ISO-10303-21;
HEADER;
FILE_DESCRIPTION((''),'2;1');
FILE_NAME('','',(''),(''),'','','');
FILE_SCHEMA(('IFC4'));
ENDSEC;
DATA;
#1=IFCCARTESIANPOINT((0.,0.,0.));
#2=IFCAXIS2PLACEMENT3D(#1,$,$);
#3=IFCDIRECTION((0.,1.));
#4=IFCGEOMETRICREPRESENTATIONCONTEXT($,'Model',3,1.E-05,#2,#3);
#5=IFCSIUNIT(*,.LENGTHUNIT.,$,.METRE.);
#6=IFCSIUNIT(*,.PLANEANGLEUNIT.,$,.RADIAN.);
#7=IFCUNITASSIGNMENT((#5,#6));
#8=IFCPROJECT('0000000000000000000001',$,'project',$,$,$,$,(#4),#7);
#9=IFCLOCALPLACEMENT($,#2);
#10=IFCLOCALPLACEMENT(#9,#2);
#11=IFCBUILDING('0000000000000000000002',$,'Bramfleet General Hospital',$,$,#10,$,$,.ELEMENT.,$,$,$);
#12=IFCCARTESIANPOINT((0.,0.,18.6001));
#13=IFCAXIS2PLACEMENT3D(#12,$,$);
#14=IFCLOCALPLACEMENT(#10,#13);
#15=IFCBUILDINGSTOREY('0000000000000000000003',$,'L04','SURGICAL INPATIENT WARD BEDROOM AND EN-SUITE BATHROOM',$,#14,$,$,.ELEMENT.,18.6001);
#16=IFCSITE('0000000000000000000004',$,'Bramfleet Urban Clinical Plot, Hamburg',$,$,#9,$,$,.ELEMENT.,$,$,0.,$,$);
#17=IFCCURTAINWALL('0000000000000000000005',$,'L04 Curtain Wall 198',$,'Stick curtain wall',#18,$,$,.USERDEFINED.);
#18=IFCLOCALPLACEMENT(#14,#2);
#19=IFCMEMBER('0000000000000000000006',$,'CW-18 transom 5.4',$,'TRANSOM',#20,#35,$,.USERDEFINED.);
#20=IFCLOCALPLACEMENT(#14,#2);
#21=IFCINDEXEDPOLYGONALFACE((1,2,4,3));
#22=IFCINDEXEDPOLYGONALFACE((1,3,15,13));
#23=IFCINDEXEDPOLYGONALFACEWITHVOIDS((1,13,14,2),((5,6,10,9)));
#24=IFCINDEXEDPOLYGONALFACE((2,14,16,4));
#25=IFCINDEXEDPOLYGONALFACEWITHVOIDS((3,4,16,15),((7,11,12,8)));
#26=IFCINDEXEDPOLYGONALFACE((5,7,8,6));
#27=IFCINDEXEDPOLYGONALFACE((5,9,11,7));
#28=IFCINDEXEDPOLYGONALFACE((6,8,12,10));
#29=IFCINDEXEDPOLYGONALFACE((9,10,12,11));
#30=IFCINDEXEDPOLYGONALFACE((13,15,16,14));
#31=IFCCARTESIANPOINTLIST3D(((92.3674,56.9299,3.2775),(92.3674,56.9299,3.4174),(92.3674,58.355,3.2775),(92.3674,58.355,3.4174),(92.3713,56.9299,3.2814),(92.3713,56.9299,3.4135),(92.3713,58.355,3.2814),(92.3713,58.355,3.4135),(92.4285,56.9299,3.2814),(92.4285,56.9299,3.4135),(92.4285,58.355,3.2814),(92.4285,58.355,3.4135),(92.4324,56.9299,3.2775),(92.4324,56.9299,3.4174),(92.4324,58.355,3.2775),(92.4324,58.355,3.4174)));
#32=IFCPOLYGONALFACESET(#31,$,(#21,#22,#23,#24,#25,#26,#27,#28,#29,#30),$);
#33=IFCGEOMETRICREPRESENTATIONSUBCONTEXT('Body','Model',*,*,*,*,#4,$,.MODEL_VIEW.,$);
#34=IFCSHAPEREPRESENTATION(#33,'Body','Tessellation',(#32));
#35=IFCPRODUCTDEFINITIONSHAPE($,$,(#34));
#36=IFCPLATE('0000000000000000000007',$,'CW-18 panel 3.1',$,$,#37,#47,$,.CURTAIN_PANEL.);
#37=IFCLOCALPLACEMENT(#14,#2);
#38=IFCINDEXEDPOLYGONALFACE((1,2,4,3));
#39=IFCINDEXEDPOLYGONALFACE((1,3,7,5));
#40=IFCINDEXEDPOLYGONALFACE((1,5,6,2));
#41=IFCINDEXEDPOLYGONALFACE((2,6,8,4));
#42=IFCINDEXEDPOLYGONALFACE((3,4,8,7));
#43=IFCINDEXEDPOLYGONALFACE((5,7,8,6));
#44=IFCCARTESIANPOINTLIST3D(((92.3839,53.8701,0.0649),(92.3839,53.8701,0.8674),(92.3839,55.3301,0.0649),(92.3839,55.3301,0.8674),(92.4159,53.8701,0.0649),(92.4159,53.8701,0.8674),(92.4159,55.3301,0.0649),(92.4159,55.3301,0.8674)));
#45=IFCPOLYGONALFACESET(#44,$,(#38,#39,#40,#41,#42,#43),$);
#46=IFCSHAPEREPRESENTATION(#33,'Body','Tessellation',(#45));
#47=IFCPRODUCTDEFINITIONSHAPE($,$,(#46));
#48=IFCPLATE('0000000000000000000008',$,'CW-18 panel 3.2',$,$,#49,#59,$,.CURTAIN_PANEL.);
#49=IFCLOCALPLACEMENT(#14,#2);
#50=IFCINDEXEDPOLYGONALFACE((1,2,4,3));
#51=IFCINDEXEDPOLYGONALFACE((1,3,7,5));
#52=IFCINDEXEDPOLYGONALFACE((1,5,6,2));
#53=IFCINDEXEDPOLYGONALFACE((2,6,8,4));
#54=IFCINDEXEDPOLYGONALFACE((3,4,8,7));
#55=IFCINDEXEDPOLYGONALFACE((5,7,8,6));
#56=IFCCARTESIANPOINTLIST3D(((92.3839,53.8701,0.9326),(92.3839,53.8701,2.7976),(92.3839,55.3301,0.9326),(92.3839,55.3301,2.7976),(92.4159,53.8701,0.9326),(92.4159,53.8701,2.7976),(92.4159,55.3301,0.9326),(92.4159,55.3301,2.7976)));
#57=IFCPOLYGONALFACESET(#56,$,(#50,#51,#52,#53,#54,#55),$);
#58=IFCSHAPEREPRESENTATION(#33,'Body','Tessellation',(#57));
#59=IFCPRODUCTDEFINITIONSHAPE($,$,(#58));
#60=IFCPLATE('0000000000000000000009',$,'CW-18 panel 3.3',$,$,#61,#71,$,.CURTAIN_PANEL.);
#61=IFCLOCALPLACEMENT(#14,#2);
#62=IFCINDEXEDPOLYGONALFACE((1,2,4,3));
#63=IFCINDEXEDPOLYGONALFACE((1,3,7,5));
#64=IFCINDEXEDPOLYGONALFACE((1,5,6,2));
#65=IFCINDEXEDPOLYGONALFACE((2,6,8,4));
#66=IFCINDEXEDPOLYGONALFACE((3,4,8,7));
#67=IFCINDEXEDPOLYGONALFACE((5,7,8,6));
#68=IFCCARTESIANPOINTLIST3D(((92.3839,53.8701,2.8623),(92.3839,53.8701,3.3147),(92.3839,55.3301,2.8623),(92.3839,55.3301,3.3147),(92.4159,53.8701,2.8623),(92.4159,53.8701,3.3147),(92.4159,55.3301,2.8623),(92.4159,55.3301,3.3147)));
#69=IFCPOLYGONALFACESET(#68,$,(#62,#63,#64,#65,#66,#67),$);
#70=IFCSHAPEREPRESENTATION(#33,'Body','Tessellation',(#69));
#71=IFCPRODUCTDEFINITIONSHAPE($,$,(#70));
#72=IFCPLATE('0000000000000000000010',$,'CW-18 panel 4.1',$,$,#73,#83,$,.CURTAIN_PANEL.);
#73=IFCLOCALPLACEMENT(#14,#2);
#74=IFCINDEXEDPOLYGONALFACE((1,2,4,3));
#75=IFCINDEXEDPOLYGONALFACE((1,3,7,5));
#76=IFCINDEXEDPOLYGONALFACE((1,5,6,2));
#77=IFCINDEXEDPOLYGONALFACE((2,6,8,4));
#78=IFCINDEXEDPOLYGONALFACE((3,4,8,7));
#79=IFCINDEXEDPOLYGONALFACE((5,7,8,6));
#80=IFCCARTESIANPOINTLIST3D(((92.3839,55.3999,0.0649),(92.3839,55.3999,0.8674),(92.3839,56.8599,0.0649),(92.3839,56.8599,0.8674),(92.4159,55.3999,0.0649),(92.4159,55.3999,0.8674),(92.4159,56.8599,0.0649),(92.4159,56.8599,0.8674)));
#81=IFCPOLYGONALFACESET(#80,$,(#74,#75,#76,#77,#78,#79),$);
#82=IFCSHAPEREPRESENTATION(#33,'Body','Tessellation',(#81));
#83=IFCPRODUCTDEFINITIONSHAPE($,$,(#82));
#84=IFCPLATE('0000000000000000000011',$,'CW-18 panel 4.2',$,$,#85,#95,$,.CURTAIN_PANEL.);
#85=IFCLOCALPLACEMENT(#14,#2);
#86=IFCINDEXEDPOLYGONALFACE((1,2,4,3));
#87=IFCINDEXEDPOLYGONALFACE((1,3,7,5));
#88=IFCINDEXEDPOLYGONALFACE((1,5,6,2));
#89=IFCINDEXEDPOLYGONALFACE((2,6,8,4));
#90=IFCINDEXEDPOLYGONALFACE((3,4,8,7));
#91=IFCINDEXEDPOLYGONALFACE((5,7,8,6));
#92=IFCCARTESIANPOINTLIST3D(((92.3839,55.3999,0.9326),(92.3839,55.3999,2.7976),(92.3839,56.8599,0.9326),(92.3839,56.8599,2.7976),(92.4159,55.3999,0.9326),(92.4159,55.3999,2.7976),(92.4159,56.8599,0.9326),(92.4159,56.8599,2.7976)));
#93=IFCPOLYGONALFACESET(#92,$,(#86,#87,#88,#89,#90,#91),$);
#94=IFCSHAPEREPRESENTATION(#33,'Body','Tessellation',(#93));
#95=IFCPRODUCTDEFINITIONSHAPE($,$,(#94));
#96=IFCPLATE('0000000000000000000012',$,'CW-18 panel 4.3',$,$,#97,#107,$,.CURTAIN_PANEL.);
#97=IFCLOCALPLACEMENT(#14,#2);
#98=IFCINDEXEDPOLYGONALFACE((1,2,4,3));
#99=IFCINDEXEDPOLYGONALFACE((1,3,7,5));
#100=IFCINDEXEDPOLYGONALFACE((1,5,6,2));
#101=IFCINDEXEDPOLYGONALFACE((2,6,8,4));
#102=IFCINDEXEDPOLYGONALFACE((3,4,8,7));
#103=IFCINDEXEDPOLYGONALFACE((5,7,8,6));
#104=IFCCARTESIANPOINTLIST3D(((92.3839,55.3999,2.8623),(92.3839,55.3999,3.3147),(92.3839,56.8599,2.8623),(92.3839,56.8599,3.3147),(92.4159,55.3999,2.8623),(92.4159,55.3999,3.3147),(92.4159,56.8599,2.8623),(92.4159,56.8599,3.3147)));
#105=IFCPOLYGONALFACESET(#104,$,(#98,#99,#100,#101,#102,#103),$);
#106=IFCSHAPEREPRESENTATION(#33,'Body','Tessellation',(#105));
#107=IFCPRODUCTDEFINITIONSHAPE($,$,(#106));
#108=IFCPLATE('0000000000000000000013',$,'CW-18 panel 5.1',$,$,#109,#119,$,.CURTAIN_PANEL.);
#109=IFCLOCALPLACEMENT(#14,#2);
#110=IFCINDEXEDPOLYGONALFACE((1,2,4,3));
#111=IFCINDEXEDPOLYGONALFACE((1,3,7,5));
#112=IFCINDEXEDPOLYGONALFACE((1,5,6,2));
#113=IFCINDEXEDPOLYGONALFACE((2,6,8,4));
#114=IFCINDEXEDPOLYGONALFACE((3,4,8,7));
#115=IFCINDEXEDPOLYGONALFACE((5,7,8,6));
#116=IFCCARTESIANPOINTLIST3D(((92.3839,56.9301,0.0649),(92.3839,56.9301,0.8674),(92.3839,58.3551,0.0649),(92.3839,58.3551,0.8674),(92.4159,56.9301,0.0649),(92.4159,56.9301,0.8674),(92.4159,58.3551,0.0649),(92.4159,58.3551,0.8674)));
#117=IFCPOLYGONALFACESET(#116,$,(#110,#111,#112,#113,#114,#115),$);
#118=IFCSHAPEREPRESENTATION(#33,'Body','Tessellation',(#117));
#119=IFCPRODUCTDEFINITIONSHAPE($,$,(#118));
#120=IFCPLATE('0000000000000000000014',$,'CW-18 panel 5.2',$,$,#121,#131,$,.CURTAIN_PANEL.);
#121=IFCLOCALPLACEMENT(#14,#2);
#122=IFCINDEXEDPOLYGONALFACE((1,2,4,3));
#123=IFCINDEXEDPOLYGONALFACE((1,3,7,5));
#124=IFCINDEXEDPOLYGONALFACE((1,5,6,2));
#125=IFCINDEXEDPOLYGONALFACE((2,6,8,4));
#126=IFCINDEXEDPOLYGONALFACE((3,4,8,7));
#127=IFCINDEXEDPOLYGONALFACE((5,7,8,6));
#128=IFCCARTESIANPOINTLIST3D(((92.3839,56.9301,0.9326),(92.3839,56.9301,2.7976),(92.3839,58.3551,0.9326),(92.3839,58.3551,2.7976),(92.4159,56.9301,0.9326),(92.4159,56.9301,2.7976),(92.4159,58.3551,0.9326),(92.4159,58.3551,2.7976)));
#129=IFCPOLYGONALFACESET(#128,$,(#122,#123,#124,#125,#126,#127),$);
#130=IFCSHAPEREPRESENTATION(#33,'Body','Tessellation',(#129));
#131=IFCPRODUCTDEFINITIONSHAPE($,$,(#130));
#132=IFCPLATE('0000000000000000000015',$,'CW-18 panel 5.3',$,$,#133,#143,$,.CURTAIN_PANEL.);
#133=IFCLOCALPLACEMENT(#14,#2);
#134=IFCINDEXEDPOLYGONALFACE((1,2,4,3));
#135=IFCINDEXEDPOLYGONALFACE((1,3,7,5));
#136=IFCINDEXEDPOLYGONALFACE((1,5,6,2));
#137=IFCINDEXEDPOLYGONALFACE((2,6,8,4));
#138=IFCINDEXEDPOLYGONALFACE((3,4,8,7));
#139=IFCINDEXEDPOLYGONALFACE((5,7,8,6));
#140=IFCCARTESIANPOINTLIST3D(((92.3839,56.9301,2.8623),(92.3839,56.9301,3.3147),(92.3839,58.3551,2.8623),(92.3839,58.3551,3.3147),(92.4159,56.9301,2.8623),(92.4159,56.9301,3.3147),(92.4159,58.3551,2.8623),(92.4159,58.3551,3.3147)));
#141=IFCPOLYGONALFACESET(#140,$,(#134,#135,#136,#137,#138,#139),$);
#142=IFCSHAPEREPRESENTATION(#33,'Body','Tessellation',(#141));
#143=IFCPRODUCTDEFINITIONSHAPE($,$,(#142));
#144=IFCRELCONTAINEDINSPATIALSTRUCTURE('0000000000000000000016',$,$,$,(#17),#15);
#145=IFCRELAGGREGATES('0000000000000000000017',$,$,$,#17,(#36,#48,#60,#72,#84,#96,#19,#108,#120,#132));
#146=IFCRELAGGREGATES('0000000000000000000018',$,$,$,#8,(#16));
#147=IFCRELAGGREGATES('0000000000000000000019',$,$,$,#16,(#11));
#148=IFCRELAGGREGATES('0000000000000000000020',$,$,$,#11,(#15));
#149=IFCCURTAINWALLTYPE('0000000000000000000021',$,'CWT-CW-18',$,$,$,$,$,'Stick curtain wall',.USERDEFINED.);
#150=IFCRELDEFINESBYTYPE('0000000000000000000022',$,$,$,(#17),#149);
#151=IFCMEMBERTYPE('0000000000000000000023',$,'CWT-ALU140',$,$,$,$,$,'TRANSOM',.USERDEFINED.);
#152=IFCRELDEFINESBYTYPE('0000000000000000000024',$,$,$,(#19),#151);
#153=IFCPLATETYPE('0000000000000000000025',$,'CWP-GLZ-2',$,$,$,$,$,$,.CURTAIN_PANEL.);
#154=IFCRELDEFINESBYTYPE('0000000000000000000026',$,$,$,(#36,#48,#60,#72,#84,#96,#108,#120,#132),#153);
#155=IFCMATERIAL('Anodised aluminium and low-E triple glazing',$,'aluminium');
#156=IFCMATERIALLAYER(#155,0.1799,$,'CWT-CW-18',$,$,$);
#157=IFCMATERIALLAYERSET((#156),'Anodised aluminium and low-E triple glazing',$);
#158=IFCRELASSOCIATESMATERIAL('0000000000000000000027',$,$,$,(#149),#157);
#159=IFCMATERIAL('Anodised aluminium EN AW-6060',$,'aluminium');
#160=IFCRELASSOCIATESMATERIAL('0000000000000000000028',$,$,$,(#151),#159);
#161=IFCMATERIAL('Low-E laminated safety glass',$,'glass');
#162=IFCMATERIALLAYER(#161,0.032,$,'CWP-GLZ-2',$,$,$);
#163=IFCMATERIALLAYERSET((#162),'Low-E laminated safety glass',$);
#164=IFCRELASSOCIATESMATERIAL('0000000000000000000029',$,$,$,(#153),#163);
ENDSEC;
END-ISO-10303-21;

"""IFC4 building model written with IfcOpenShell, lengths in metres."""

from ifc_helpers import new_model, si_unit, direction, frame, origin, origin_2d, place, context, subcontext, project, spatial, rectangle, hollow_rectangle, extrude, material, layer, layer_set, material_profile, profile_set, type_object, element, aggregate, save


model = new_model("IFC4")

# Units and contexts
model_context = context("Model", 3, precision=1e-05, world=origin(), true_north=direction((0.0, 1.0)))
body_context = subcontext(model_context, "Body", "Model", "MODEL_VIEW")
ifc_project = project(units=[si_unit("LENGTHUNIT", "METRE"), si_unit("PLANEANGLEUNIT", "RADIAN")], contexts=[model_context])

# Site, building, storey
site_placement = place(None, origin())
site = spatial("IfcSite", under=ifc_project, at=site_placement, Name="Bramfleet Urban Clinical Plot, Hamburg", CompositionType="ELEMENT", RefElevation=0.0)
building_placement = place(site_placement, origin())
building = spatial("IfcBuilding", under=site, at=building_placement, Name="Bramfleet General Hospital", CompositionType="ELEMENT")
storey_placement = place(building_placement, frame((0.0, 0.0, 18.6001)))
storey = spatial("IfcBuildingStorey", under=building, at=storey_placement, Name="L04", Description="SURGICAL INPATIENT WARD BEDROOM AND EN-SUITE BATHROOM", CompositionType="ELEMENT", Elevation=18.6001)

# Curtain wall, member, plates
ifc_material_1 = material(Name="Anodised aluminium and low-E triple glazing", Category="aluminium")
ifc_layer_1 = layer(ifc_material_1, 0.1799, Name="CWT-CW-18")
ifc_layer_set_1 = layer_set([ifc_layer_1], Name="Anodised aluminium and low-E triple glazing")
curtain_wall_type = type_object("IfcCurtainWallType", Name="CWT-CW-18", ElementType="Stick curtain wall", PredefinedType="USERDEFINED", material=ifc_layer_set_1)
curtain_wall_placement = place(storey_placement, origin())
curtain_wall = element("IfcCurtainWall", 1, at=curtain_wall_placement, inside=storey, type_object=curtain_wall_type, Name="L04 Curtain Wall 198", ObjectType="Stick curtain wall", PredefinedType="USERDEFINED")
ifc_material_2 = material(Name="Anodised aluminium EN AW-6060", Category="aluminium")
ifc_material_profile_1 = material_profile(ifc_material_2, hollow_rectangle(XDim=0.0649, YDim=0.1399, WallThickness=0.0039, at=origin_2d()), Name="ALU 140x65x4.0")
ifc_profile_set_1 = profile_set([ifc_material_profile_1], Name="Anodised aluminium EN AW-6060")
member_type_1 = type_object("IfcMemberType", Name="CWT-ALU140", ElementType="TRANSOM", PredefinedType="USERDEFINED", material=ifc_profile_set_1)
member_1_placement = place(storey_placement, frame((92.3999, 56.9299, 3.3474), z_axis=(0.0, 1.0, 0.0), x_axis=(-1.0, 0.0, 0.0)))
member_1 = element("IfcMember", 2, at=member_1_placement, type_object=member_type_1, Name="CW-18 transom 5.4", ObjectType="TRANSOM", PredefinedType="USERDEFINED", context=body_context, shape_type="SweptSolid", body=[
    extrude(hollow_rectangle(XDim=0.0649, YDim=0.1399, WallThickness=0.0039, at=origin_2d()), origin(), (0.0, 0.0, 1.0), 1.425),
])
ifc_material_3 = material(Name="Low-E laminated safety glass", Category="glass")
ifc_layer_2 = layer(ifc_material_3, 0.032, Name="CWP-GLZ-2")
ifc_layer_set_2 = layer_set([ifc_layer_2], Name="Low-E laminated safety glass")
plate_type = type_object("IfcPlateType", Name="CWP-GLZ-2", PredefinedType="CURTAIN_PANEL", material=ifc_layer_set_2)
plate_1_placement = place(storey_placement, frame((92.3999, 54.6001, 0.0649), z_axis=(0.0, 0.0, 1.0), x_axis=(0.0, 1.0, 0.0)))
plate_1 = element("IfcPlate", 3, at=plate_1_placement, type_object=plate_type, Name="CW-18 panel 3.1", PredefinedType="CURTAIN_PANEL", context=body_context, shape_type="SweptSolid", body=[
    extrude(rectangle(XDim=1.46, YDim=0.032, at=origin_2d()), origin(), (0.0, 0.0, 1.0), 0.8025),
])
plate_2_placement = place(storey_placement, frame((92.3999, 54.6001, 0.9326), z_axis=(0.0, 0.0, 1.0), x_axis=(0.0, 1.0, 0.0)))
plate_2 = element("IfcPlate", 4, at=plate_2_placement, type_object=plate_type, Name="CW-18 panel 3.2", PredefinedType="CURTAIN_PANEL", context=body_context, shape_type="SweptSolid", body=[
    extrude(rectangle(XDim=1.46, YDim=0.032, at=origin_2d()), origin(), (0.0, 0.0, 1.0), 1.865),
])
plate_3_placement = place(storey_placement, frame((92.3999, 54.6001, 2.8623), z_axis=(0.0, 0.0, 1.0), x_axis=(0.0, 1.0, 0.0)))
plate_3 = element("IfcPlate", 5, at=plate_3_placement, type_object=plate_type, Name="CW-18 panel 3.3", PredefinedType="CURTAIN_PANEL", context=body_context, shape_type="SweptSolid", body=[
    extrude(rectangle(XDim=1.46, YDim=0.032, at=origin_2d()), origin(), (0.0, 0.0, 1.0), 0.4524),
])
plate_4_placement = place(storey_placement, frame((92.3999, 56.1299, 0.0649), z_axis=(0.0, 0.0, 1.0), x_axis=(0.0, 1.0, 0.0)))
plate_4 = element("IfcPlate", 6, at=plate_4_placement, type_object=plate_type, Name="CW-18 panel 4.1", PredefinedType="CURTAIN_PANEL", context=body_context, shape_type="SweptSolid", body=[
    extrude(rectangle(XDim=1.46, YDim=0.032, at=origin_2d()), origin(), (0.0, 0.0, 1.0), 0.8025),
])
plate_5_placement = place(storey_placement, frame((92.3999, 56.1299, 0.9326), z_axis=(0.0, 0.0, 1.0), x_axis=(0.0, 1.0, 0.0)))
plate_5 = element("IfcPlate", 7, at=plate_5_placement, type_object=plate_type, Name="CW-18 panel 4.2", PredefinedType="CURTAIN_PANEL", context=body_context, shape_type="SweptSolid", body=[
    extrude(rectangle(XDim=1.46, YDim=0.032, at=origin_2d()), origin(), (0.0, 0.0, 1.0), 1.865),
])
plate_6_placement = place(storey_placement, frame((92.3999, 56.1299, 2.8623), z_axis=(0.0, 0.0, 1.0), x_axis=(0.0, 1.0, 0.0)))
plate_6 = element("IfcPlate", 8, at=plate_6_placement, type_object=plate_type, Name="CW-18 panel 4.3", PredefinedType="CURTAIN_PANEL", context=body_context, shape_type="SweptSolid", body=[
    extrude(rectangle(XDim=1.46, YDim=0.032, at=origin_2d()), origin(), (0.0, 0.0, 1.0), 0.4524),
])
plate_7_placement = place(storey_placement, frame((92.3999, 57.6426, 0.0649), z_axis=(0.0, 0.0, 1.0), x_axis=(0.0, 1.0, 0.0)))
plate_7 = element("IfcPlate", 9, at=plate_7_placement, type_object=plate_type, Name="CW-18 panel 5.1", PredefinedType="CURTAIN_PANEL", context=body_context, shape_type="SweptSolid", body=[
    extrude(rectangle(XDim=1.425, YDim=0.032, at=origin_2d()), origin(), (0.0, 0.0, 1.0), 0.8025),
])
plate_8_placement = place(storey_placement, frame((92.3999, 57.6426, 0.9326), z_axis=(0.0, 0.0, 1.0), x_axis=(0.0, 1.0, 0.0)))
plate_8 = element("IfcPlate", 10, at=plate_8_placement, type_object=plate_type, Name="CW-18 panel 5.2", PredefinedType="CURTAIN_PANEL", context=body_context, shape_type="SweptSolid", body=[
    extrude(rectangle(XDim=1.425, YDim=0.032, at=origin_2d()), origin(), (0.0, 0.0, 1.0), 1.865),
])
plate_9_placement = place(storey_placement, frame((92.3999, 57.6426, 2.8623), z_axis=(0.0, 0.0, 1.0), x_axis=(0.0, 1.0, 0.0)))
plate_9 = element("IfcPlate", 11, at=plate_9_placement, type_object=plate_type, Name="CW-18 panel 5.3", PredefinedType="CURTAIN_PANEL", context=body_context, shape_type="SweptSolid", body=[
    extrude(rectangle(XDim=1.425, YDim=0.032, at=origin_2d()), origin(), (0.0, 0.0, 1.0), 0.4524),
])
aggregate(curtain_wall, [plate_1, plate_2, plate_3, plate_4, plate_5, plate_6, member_1, plate_7, plate_8, plate_9])

save(model, "model.ifc")
